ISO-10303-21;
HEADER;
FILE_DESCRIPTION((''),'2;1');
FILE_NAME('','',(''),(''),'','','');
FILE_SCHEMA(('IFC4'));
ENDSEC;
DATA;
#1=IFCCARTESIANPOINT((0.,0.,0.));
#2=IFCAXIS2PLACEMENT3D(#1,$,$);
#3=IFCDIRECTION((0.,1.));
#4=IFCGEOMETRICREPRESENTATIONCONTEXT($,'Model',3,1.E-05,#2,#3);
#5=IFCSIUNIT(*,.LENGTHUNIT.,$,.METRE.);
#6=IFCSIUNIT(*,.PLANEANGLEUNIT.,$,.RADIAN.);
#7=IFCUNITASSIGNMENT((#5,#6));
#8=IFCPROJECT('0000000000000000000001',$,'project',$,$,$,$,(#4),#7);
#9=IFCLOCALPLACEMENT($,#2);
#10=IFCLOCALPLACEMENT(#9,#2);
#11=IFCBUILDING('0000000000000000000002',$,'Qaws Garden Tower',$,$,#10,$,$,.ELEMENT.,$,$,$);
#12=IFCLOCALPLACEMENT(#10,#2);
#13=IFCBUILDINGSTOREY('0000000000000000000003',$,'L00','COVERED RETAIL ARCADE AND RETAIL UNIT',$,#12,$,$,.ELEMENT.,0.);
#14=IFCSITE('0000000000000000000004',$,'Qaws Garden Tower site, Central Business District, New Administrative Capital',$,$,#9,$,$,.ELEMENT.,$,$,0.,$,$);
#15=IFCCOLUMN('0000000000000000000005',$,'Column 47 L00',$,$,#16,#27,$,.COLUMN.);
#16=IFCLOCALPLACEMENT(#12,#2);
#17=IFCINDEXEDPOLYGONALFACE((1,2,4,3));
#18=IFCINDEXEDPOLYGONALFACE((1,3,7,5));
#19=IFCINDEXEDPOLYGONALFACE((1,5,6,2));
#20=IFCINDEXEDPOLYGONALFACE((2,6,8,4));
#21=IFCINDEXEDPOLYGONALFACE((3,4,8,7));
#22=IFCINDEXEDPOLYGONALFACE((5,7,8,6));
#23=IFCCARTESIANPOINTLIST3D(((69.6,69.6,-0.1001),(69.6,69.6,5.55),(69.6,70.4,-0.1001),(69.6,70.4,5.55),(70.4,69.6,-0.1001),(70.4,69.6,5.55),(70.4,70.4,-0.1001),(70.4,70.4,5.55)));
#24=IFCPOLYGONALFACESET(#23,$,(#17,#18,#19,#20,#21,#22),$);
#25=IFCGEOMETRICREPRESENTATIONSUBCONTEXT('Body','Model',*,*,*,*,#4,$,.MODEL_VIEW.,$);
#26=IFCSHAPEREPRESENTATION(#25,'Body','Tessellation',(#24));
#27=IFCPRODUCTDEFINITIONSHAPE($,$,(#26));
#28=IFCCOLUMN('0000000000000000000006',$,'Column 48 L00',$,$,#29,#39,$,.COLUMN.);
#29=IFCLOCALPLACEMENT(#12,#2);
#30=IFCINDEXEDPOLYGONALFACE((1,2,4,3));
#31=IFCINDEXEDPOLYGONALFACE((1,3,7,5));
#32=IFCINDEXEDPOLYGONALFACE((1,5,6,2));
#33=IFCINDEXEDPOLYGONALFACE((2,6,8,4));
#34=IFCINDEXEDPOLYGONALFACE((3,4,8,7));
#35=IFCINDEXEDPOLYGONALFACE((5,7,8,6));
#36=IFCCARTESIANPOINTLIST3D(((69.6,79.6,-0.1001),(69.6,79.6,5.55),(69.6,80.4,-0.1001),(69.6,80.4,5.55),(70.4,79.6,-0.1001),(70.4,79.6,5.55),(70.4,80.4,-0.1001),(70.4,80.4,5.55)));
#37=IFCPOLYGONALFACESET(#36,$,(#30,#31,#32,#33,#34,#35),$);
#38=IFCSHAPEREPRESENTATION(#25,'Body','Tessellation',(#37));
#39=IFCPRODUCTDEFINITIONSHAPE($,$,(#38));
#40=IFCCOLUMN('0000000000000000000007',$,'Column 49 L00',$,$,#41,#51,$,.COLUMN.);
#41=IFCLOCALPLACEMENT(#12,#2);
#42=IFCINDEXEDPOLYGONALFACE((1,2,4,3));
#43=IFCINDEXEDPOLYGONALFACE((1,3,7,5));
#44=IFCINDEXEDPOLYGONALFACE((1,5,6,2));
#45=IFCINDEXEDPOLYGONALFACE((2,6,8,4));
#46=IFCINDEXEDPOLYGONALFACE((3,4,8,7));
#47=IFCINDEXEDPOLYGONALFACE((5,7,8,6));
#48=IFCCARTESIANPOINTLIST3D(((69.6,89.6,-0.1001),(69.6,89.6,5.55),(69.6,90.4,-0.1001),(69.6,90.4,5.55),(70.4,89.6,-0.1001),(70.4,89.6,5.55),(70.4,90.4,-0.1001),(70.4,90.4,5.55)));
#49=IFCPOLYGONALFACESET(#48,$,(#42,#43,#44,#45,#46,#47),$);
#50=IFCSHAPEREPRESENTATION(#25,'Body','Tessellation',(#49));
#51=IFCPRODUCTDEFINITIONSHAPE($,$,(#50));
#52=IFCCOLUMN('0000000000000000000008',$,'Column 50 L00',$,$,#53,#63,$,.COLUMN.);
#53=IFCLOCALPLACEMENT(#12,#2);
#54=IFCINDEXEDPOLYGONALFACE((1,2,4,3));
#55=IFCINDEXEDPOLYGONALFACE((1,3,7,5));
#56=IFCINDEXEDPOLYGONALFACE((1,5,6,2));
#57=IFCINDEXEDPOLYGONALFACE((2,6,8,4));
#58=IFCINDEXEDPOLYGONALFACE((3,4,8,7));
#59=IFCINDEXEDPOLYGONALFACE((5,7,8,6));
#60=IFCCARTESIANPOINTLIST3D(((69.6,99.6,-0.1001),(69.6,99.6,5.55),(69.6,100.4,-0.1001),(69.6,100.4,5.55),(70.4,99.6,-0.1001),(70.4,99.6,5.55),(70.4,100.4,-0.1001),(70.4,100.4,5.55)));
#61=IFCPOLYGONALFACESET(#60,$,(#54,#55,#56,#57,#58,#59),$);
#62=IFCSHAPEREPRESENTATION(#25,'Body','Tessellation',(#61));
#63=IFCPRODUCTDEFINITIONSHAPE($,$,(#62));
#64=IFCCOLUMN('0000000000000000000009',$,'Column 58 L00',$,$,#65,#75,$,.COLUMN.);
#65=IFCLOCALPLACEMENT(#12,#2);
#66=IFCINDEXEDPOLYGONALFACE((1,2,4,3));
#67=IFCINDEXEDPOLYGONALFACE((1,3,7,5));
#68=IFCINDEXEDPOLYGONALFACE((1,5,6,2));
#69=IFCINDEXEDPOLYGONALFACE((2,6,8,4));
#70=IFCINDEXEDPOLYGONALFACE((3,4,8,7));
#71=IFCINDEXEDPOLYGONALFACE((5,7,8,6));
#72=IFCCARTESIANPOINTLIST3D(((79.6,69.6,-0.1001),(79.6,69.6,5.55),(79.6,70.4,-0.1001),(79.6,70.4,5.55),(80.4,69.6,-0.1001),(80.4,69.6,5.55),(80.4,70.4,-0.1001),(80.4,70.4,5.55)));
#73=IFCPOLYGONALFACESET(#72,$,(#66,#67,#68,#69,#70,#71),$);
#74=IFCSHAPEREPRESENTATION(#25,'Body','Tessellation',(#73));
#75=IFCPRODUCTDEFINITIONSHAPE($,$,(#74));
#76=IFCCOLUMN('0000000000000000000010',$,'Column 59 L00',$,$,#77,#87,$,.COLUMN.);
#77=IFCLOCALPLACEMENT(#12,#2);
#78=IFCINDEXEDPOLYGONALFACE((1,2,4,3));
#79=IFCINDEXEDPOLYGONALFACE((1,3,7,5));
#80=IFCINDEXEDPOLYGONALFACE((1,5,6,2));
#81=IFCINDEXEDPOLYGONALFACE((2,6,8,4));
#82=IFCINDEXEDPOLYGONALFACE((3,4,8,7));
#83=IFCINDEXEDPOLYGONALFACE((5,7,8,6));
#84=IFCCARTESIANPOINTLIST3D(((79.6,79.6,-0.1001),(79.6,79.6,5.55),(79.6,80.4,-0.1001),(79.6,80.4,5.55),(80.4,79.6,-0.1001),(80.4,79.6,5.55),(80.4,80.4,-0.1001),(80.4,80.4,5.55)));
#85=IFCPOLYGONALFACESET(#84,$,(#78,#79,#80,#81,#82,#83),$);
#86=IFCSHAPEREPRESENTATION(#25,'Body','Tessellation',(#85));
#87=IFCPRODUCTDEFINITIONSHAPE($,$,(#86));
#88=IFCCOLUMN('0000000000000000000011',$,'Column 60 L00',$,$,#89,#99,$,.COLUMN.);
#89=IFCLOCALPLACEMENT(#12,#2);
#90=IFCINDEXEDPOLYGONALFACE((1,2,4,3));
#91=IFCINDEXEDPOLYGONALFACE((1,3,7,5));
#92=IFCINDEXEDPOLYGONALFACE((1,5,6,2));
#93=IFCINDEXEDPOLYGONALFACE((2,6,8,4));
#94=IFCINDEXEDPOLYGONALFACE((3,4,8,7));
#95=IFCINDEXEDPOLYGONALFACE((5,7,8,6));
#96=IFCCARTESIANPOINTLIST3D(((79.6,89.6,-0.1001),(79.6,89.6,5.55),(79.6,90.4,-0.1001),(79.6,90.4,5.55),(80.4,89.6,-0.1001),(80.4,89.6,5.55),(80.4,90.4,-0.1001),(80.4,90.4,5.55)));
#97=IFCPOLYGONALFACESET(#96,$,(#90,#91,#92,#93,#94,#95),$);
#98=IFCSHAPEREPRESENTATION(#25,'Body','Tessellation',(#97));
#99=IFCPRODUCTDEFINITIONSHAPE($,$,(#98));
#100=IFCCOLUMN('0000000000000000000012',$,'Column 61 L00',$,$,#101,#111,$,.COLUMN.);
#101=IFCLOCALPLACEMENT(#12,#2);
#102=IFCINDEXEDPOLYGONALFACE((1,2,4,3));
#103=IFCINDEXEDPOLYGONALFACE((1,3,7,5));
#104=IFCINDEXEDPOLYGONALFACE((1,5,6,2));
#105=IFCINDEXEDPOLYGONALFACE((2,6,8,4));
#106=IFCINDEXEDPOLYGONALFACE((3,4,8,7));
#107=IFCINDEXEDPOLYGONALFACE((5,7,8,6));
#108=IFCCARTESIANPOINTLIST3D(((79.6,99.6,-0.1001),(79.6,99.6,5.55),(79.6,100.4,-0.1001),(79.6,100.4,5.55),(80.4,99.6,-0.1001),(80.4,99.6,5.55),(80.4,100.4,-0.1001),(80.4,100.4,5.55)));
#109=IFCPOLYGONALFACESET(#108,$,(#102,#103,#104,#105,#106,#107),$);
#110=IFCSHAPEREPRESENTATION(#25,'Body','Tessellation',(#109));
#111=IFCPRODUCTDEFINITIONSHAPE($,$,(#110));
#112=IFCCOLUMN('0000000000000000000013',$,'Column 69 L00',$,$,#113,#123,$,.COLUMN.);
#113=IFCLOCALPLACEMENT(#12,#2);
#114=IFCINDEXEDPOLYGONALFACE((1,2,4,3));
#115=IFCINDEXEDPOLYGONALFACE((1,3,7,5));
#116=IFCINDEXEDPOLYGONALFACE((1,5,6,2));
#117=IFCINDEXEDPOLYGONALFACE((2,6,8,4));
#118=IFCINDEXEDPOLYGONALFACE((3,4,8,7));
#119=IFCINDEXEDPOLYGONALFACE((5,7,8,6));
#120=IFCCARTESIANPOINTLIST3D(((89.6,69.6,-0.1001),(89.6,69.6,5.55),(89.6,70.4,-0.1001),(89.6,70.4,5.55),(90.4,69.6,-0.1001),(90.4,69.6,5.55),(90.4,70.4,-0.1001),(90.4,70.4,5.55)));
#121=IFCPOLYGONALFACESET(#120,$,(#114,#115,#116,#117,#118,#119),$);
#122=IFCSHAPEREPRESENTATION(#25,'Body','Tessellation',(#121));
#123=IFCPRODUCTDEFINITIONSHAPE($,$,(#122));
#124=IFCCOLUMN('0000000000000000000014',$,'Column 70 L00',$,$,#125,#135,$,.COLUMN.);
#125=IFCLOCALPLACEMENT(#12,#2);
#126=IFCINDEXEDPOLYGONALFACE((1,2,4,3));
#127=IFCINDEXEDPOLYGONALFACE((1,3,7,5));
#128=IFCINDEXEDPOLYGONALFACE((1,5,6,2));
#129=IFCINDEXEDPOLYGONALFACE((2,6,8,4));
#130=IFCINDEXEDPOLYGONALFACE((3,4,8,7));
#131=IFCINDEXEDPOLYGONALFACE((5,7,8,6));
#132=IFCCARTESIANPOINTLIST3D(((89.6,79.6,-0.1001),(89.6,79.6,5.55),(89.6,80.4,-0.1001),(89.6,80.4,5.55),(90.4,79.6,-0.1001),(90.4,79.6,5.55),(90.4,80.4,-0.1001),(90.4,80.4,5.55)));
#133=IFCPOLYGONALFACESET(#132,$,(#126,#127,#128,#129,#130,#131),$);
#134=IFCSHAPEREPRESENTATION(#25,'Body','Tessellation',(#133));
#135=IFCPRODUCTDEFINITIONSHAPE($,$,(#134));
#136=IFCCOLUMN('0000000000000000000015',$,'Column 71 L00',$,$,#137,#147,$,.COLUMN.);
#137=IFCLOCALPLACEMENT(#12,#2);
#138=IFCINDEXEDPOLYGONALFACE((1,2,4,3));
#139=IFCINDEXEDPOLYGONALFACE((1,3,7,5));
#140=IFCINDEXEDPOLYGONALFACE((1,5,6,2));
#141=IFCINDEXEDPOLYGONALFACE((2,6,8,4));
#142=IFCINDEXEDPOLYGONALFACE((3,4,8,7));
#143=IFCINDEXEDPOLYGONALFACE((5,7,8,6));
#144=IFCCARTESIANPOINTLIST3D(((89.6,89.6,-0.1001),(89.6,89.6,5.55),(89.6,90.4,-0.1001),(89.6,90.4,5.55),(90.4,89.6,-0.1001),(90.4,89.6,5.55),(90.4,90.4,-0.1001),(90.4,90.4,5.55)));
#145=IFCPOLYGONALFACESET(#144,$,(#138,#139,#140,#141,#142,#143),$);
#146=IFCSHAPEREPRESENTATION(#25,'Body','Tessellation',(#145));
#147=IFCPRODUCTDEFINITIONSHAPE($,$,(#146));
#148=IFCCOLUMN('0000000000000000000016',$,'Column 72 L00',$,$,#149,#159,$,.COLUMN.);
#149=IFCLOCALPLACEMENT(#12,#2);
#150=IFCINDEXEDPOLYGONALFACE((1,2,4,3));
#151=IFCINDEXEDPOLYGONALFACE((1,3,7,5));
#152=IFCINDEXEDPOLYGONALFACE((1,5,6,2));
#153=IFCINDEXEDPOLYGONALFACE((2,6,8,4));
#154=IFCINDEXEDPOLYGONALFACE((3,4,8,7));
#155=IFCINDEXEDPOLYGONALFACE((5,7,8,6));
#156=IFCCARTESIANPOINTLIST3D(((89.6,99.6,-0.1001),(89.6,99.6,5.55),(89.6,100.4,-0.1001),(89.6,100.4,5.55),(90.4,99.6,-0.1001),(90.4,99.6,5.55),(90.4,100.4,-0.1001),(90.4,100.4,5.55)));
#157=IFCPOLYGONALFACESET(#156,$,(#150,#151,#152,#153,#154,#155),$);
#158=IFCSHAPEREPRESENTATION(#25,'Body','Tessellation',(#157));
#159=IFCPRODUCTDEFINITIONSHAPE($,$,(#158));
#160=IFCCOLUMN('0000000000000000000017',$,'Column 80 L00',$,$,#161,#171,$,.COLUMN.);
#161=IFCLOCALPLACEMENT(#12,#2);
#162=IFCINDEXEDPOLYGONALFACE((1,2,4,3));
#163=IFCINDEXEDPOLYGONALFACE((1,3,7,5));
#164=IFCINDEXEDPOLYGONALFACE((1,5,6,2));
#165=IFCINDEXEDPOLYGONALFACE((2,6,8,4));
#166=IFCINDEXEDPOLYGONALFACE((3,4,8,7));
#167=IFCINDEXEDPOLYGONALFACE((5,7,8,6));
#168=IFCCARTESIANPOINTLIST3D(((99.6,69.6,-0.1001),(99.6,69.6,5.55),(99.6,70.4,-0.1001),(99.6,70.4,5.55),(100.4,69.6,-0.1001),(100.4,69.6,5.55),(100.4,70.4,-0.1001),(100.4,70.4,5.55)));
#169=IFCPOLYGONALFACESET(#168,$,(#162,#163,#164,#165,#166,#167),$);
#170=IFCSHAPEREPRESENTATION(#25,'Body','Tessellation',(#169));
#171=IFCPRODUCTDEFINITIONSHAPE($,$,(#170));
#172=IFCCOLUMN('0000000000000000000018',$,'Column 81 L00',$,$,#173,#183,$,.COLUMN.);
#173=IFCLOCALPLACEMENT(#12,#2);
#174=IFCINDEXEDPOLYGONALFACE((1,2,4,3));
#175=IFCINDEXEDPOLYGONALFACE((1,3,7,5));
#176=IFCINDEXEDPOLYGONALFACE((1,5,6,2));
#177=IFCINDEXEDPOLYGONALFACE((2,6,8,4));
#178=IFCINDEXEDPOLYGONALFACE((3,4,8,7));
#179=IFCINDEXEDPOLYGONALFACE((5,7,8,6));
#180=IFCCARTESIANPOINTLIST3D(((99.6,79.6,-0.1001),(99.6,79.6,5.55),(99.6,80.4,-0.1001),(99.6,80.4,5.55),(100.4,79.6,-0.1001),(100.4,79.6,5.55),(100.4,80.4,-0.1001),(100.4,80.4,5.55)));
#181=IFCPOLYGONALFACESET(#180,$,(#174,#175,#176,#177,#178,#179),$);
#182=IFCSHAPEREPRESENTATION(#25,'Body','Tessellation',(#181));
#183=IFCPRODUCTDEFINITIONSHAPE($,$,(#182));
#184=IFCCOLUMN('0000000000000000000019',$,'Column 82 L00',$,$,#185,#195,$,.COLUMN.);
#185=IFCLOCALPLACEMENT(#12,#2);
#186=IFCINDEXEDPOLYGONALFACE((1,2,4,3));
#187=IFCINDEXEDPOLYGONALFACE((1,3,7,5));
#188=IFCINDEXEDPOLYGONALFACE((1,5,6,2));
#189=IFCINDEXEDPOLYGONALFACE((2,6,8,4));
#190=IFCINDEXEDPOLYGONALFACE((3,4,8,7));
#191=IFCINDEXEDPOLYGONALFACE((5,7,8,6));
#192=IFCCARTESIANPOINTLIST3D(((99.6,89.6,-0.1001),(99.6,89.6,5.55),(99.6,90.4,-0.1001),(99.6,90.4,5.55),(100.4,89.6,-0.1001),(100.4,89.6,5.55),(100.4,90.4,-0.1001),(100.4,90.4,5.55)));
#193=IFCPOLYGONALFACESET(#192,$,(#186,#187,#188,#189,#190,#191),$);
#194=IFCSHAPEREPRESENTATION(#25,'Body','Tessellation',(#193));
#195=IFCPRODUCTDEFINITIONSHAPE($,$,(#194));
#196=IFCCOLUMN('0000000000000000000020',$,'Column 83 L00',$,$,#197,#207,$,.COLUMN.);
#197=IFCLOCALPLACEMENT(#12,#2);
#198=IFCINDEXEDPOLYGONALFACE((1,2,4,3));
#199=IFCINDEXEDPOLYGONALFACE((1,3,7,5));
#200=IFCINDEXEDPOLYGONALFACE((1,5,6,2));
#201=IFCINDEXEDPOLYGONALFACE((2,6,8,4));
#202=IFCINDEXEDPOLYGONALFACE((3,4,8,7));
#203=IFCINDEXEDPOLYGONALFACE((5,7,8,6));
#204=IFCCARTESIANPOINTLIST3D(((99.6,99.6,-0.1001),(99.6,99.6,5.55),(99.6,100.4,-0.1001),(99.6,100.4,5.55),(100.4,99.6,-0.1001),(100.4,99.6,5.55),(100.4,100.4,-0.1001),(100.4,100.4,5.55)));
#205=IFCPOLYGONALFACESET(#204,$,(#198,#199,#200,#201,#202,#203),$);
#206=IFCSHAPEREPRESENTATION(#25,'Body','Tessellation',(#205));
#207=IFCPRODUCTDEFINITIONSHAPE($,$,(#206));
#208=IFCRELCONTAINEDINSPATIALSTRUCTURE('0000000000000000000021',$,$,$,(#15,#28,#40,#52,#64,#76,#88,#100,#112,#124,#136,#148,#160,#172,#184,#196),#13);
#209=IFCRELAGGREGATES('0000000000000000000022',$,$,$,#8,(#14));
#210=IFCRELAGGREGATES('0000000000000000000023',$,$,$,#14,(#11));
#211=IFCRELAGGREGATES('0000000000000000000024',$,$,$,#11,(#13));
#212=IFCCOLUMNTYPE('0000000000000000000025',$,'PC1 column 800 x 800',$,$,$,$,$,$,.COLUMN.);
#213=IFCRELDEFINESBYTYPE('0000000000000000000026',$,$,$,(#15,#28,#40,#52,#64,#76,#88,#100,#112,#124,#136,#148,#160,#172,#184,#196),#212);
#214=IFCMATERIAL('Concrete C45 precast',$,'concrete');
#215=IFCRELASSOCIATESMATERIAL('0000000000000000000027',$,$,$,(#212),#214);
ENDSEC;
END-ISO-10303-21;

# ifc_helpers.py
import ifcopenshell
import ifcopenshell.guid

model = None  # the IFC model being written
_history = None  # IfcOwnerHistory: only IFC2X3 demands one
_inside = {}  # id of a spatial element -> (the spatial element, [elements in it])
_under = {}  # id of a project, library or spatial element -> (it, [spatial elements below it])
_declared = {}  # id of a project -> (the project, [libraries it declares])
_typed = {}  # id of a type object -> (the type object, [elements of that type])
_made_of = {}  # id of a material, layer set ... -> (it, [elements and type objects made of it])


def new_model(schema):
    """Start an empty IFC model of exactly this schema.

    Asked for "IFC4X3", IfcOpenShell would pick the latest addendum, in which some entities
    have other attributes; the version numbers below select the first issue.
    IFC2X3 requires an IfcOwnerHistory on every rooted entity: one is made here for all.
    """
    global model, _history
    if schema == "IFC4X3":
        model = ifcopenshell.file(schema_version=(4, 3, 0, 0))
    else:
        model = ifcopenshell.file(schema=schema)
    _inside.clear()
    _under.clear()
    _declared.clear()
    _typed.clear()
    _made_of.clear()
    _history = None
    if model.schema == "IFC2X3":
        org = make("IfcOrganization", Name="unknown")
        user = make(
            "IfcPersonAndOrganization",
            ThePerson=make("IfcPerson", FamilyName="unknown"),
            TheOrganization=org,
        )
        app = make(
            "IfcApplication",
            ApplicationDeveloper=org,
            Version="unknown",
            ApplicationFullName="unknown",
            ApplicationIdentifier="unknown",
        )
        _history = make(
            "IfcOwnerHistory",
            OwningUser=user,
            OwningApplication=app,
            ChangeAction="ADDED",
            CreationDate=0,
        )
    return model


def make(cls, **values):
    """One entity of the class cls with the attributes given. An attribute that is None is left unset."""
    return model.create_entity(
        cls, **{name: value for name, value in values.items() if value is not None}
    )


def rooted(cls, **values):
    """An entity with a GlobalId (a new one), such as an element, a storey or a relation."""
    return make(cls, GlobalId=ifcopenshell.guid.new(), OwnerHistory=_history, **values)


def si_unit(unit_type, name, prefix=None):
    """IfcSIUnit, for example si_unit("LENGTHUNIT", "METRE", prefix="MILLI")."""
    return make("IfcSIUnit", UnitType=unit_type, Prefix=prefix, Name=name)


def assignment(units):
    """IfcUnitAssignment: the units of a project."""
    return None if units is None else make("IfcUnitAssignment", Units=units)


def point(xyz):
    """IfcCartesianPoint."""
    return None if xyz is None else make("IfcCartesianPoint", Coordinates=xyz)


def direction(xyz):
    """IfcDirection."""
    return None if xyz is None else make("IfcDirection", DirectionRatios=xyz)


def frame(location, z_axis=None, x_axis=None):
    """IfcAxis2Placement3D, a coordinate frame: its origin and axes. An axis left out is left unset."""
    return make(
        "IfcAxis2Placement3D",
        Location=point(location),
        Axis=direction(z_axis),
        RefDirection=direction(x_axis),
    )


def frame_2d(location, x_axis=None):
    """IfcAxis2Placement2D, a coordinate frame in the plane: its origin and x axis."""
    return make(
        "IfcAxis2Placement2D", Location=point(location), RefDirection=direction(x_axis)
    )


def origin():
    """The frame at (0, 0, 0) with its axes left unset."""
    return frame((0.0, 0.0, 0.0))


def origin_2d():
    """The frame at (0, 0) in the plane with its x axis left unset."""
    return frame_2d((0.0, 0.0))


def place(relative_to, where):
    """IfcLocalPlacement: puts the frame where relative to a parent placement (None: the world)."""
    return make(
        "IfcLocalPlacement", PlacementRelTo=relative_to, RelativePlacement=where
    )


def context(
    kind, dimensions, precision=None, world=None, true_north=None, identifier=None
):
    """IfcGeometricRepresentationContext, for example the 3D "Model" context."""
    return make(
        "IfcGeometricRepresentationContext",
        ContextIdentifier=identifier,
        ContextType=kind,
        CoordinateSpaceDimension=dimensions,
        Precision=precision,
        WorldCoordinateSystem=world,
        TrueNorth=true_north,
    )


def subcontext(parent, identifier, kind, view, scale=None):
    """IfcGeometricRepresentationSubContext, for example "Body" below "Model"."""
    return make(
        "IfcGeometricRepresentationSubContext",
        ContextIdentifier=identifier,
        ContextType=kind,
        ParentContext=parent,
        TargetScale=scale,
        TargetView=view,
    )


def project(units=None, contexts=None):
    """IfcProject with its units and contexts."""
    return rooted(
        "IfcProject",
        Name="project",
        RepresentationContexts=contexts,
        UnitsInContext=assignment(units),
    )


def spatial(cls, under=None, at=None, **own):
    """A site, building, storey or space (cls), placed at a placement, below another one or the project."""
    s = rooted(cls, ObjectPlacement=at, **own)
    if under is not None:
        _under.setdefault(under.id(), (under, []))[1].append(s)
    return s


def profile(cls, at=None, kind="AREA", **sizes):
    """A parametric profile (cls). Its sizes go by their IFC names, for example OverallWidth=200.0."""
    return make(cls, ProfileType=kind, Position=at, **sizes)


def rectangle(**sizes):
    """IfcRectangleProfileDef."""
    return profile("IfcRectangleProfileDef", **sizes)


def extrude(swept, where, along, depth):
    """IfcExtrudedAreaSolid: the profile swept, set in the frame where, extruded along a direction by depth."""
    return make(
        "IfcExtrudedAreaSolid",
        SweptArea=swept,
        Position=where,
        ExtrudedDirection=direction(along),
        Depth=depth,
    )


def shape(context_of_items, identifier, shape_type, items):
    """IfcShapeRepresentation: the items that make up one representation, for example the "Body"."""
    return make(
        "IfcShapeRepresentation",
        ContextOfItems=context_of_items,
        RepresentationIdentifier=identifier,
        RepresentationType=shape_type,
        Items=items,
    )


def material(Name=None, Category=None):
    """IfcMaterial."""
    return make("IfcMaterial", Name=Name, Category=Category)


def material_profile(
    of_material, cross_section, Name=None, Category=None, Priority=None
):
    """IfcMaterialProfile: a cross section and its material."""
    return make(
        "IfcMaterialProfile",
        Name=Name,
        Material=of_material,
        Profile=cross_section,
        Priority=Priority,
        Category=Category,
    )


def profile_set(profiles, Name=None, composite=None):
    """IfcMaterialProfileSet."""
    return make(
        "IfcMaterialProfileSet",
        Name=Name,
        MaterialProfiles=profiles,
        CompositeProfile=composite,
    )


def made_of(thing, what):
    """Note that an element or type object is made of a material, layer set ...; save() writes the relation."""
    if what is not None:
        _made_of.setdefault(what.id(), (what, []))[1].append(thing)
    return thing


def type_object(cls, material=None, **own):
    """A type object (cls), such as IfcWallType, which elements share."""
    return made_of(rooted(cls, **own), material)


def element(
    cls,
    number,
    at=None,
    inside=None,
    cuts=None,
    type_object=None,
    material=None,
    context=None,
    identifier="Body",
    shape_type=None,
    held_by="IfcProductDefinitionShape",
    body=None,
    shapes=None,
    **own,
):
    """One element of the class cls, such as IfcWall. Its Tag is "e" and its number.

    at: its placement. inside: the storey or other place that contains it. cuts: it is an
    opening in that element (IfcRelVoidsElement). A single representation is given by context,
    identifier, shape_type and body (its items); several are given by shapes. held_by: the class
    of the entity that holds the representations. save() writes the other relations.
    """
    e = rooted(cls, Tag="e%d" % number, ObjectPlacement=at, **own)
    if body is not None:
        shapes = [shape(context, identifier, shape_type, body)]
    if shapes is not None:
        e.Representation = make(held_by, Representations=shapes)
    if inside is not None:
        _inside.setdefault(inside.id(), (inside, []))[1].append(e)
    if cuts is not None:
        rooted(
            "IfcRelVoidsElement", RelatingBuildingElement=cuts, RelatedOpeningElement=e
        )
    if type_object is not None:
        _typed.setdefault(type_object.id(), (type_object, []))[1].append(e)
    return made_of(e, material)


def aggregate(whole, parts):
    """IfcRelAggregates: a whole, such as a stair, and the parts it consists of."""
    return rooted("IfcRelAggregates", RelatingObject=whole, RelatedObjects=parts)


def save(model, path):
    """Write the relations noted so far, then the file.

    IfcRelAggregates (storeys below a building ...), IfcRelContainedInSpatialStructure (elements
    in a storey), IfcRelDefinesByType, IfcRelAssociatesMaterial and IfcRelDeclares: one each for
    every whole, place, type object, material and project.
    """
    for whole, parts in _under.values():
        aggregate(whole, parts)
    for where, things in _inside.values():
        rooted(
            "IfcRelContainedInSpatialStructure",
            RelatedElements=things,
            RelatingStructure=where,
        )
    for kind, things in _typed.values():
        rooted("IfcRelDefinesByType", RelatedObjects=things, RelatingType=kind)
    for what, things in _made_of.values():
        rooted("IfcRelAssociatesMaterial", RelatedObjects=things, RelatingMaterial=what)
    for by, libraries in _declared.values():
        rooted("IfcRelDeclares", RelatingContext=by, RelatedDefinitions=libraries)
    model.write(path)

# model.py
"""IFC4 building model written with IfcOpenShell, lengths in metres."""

from ifc_helpers import new_model, si_unit, direction, frame, origin, origin_2d, place, context, subcontext, project, spatial, rectangle, extrude, material, material_profile, profile_set, type_object, element, save


model = new_model("IFC4")

# Units and contexts
model_context = context("Model", 3, precision=1e-05, world=origin(), true_north=direction((0.0, 1.0)))
body_context = subcontext(model_context, "Body", "Model", "MODEL_VIEW")
ifc_project = project(units=[si_unit("LENGTHUNIT", "METRE"), si_unit("PLANEANGLEUNIT", "RADIAN")], contexts=[model_context])

# Site, building, storey
site_placement = place(None, origin())
site = spatial("IfcSite", under=ifc_project, at=site_placement, Name="Qaws Garden Tower site, Central Business District, New Administrative Capital", CompositionType="ELEMENT", RefElevation=0.0)
building_placement = place(site_placement, origin())
building = spatial("IfcBuilding", under=site, at=building_placement, Name="Qaws Garden Tower", CompositionType="ELEMENT")
storey_placement = place(building_placement, origin())
storey = spatial("IfcBuildingStorey", under=building, at=storey_placement, Name="L00", Description="COVERED RETAIL ARCADE AND RETAIL UNIT", CompositionType="ELEMENT", Elevation=0.0)

# Columns
ifc_material_1 = material(Name="Concrete C45 precast", Category="concrete")
ifc_material_profile = material_profile(ifc_material_1, rectangle(XDim=0.8, YDim=0.8, at=origin_2d()), Name="PC1 column 800 x 800")
ifc_profile_set = profile_set([ifc_material_profile], Name="Concrete C45 precast")
column_type = type_object("IfcColumnType", Name="PC1 column 800 x 800", PredefinedType="COLUMN", material=ifc_profile_set)
for number, where, z_axis, x_axis, name in (
    (1, (70.0, 70.0, -0.1001), (0.0, 0.0, 1.0), (1.0, 0.0, 0.0), "Column 47 L00"),
    (2, (70.0, 80.0, -0.1001), (0.0, 0.0, 1.0), (1.0, 0.0, 0.0), "Column 48 L00"),
    (3, (70.0, 90.0, -0.1001), (0.0, 0.0, 1.0), (1.0, 0.0, 0.0), "Column 49 L00"),
    (4, (70.0, 100.0, -0.1001), (0.0, 0.0, 1.0), (1.0, 0.0, 0.0), "Column 50 L00"),
    (5, (80.0, 70.0, -0.1001), (0.0, 0.0, 1.0), (1.0, 0.0, 0.0), "Column 58 L00"),
    (6, (80.0, 80.0, -0.1001), (0.0, 0.0, 1.0), (1.0, 0.0, 0.0), "Column 59 L00"),
    (7, (80.0, 90.0, -0.1001), (0.0, 0.0, 1.0), (1.0, 0.0, 0.0), "Column 60 L00"),
    (8, (80.0, 100.0, -0.1001), (0.0, 0.0, 1.0), (1.0, 0.0, 0.0), "Column 61 L00"),
    (9, (90.0, 70.0, -0.1001), (0.0, 0.0, 1.0), (1.0, 0.0, 0.0), "Column 69 L00"),
    (10, (90.0, 80.0, -0.1001), (0.0, 0.0, 1.0), (1.0, 0.0, 0.0), "Column 70 L00"),
    (11, (90.0, 90.0, -0.1001), (0.0, 0.0, 1.0), (1.0, 0.0, 0.0), "Column 71 L00"),
    (12, (90.0, 100.0, -0.1001), (0.0, 0.0, 1.0), (1.0, 0.0, 0.0), "Column 72 L00"),
    (13, (100.0, 70.0, -0.1001), (0.0, 0.0, 1.0), (1.0, 0.0, 0.0), "Column 80 L00"),
    (14, (100.0, 80.0, -0.1001), (0.0, 0.0, 1.0), (1.0, 0.0, 0.0), "Column 81 L00"),
    (15, (100.0, 90.0, -0.1001), (0.0, 0.0, 1.0), (1.0, 0.0, 0.0), "Column 82 L00"),
    (16, (100.0, 100.0, -0.1001), (0.0, 0.0, 1.0), (1.0, 0.0, 0.0), "Column 83 L00"),
):
    element("IfcColumn", number, at=place(storey_placement, frame(where, z_axis=z_axis, x_axis=x_axis)), inside=storey, type_object=column_type, Name=name, PredefinedType="COLUMN", context=body_context, shape_type="SweptSolid", body=[
        extrude(rectangle(XDim=0.8, YDim=0.8, at=origin_2d()), origin(), (0.0, 0.0, 1.0), 5.6501),
    ])

save(model, "model.ifc")
